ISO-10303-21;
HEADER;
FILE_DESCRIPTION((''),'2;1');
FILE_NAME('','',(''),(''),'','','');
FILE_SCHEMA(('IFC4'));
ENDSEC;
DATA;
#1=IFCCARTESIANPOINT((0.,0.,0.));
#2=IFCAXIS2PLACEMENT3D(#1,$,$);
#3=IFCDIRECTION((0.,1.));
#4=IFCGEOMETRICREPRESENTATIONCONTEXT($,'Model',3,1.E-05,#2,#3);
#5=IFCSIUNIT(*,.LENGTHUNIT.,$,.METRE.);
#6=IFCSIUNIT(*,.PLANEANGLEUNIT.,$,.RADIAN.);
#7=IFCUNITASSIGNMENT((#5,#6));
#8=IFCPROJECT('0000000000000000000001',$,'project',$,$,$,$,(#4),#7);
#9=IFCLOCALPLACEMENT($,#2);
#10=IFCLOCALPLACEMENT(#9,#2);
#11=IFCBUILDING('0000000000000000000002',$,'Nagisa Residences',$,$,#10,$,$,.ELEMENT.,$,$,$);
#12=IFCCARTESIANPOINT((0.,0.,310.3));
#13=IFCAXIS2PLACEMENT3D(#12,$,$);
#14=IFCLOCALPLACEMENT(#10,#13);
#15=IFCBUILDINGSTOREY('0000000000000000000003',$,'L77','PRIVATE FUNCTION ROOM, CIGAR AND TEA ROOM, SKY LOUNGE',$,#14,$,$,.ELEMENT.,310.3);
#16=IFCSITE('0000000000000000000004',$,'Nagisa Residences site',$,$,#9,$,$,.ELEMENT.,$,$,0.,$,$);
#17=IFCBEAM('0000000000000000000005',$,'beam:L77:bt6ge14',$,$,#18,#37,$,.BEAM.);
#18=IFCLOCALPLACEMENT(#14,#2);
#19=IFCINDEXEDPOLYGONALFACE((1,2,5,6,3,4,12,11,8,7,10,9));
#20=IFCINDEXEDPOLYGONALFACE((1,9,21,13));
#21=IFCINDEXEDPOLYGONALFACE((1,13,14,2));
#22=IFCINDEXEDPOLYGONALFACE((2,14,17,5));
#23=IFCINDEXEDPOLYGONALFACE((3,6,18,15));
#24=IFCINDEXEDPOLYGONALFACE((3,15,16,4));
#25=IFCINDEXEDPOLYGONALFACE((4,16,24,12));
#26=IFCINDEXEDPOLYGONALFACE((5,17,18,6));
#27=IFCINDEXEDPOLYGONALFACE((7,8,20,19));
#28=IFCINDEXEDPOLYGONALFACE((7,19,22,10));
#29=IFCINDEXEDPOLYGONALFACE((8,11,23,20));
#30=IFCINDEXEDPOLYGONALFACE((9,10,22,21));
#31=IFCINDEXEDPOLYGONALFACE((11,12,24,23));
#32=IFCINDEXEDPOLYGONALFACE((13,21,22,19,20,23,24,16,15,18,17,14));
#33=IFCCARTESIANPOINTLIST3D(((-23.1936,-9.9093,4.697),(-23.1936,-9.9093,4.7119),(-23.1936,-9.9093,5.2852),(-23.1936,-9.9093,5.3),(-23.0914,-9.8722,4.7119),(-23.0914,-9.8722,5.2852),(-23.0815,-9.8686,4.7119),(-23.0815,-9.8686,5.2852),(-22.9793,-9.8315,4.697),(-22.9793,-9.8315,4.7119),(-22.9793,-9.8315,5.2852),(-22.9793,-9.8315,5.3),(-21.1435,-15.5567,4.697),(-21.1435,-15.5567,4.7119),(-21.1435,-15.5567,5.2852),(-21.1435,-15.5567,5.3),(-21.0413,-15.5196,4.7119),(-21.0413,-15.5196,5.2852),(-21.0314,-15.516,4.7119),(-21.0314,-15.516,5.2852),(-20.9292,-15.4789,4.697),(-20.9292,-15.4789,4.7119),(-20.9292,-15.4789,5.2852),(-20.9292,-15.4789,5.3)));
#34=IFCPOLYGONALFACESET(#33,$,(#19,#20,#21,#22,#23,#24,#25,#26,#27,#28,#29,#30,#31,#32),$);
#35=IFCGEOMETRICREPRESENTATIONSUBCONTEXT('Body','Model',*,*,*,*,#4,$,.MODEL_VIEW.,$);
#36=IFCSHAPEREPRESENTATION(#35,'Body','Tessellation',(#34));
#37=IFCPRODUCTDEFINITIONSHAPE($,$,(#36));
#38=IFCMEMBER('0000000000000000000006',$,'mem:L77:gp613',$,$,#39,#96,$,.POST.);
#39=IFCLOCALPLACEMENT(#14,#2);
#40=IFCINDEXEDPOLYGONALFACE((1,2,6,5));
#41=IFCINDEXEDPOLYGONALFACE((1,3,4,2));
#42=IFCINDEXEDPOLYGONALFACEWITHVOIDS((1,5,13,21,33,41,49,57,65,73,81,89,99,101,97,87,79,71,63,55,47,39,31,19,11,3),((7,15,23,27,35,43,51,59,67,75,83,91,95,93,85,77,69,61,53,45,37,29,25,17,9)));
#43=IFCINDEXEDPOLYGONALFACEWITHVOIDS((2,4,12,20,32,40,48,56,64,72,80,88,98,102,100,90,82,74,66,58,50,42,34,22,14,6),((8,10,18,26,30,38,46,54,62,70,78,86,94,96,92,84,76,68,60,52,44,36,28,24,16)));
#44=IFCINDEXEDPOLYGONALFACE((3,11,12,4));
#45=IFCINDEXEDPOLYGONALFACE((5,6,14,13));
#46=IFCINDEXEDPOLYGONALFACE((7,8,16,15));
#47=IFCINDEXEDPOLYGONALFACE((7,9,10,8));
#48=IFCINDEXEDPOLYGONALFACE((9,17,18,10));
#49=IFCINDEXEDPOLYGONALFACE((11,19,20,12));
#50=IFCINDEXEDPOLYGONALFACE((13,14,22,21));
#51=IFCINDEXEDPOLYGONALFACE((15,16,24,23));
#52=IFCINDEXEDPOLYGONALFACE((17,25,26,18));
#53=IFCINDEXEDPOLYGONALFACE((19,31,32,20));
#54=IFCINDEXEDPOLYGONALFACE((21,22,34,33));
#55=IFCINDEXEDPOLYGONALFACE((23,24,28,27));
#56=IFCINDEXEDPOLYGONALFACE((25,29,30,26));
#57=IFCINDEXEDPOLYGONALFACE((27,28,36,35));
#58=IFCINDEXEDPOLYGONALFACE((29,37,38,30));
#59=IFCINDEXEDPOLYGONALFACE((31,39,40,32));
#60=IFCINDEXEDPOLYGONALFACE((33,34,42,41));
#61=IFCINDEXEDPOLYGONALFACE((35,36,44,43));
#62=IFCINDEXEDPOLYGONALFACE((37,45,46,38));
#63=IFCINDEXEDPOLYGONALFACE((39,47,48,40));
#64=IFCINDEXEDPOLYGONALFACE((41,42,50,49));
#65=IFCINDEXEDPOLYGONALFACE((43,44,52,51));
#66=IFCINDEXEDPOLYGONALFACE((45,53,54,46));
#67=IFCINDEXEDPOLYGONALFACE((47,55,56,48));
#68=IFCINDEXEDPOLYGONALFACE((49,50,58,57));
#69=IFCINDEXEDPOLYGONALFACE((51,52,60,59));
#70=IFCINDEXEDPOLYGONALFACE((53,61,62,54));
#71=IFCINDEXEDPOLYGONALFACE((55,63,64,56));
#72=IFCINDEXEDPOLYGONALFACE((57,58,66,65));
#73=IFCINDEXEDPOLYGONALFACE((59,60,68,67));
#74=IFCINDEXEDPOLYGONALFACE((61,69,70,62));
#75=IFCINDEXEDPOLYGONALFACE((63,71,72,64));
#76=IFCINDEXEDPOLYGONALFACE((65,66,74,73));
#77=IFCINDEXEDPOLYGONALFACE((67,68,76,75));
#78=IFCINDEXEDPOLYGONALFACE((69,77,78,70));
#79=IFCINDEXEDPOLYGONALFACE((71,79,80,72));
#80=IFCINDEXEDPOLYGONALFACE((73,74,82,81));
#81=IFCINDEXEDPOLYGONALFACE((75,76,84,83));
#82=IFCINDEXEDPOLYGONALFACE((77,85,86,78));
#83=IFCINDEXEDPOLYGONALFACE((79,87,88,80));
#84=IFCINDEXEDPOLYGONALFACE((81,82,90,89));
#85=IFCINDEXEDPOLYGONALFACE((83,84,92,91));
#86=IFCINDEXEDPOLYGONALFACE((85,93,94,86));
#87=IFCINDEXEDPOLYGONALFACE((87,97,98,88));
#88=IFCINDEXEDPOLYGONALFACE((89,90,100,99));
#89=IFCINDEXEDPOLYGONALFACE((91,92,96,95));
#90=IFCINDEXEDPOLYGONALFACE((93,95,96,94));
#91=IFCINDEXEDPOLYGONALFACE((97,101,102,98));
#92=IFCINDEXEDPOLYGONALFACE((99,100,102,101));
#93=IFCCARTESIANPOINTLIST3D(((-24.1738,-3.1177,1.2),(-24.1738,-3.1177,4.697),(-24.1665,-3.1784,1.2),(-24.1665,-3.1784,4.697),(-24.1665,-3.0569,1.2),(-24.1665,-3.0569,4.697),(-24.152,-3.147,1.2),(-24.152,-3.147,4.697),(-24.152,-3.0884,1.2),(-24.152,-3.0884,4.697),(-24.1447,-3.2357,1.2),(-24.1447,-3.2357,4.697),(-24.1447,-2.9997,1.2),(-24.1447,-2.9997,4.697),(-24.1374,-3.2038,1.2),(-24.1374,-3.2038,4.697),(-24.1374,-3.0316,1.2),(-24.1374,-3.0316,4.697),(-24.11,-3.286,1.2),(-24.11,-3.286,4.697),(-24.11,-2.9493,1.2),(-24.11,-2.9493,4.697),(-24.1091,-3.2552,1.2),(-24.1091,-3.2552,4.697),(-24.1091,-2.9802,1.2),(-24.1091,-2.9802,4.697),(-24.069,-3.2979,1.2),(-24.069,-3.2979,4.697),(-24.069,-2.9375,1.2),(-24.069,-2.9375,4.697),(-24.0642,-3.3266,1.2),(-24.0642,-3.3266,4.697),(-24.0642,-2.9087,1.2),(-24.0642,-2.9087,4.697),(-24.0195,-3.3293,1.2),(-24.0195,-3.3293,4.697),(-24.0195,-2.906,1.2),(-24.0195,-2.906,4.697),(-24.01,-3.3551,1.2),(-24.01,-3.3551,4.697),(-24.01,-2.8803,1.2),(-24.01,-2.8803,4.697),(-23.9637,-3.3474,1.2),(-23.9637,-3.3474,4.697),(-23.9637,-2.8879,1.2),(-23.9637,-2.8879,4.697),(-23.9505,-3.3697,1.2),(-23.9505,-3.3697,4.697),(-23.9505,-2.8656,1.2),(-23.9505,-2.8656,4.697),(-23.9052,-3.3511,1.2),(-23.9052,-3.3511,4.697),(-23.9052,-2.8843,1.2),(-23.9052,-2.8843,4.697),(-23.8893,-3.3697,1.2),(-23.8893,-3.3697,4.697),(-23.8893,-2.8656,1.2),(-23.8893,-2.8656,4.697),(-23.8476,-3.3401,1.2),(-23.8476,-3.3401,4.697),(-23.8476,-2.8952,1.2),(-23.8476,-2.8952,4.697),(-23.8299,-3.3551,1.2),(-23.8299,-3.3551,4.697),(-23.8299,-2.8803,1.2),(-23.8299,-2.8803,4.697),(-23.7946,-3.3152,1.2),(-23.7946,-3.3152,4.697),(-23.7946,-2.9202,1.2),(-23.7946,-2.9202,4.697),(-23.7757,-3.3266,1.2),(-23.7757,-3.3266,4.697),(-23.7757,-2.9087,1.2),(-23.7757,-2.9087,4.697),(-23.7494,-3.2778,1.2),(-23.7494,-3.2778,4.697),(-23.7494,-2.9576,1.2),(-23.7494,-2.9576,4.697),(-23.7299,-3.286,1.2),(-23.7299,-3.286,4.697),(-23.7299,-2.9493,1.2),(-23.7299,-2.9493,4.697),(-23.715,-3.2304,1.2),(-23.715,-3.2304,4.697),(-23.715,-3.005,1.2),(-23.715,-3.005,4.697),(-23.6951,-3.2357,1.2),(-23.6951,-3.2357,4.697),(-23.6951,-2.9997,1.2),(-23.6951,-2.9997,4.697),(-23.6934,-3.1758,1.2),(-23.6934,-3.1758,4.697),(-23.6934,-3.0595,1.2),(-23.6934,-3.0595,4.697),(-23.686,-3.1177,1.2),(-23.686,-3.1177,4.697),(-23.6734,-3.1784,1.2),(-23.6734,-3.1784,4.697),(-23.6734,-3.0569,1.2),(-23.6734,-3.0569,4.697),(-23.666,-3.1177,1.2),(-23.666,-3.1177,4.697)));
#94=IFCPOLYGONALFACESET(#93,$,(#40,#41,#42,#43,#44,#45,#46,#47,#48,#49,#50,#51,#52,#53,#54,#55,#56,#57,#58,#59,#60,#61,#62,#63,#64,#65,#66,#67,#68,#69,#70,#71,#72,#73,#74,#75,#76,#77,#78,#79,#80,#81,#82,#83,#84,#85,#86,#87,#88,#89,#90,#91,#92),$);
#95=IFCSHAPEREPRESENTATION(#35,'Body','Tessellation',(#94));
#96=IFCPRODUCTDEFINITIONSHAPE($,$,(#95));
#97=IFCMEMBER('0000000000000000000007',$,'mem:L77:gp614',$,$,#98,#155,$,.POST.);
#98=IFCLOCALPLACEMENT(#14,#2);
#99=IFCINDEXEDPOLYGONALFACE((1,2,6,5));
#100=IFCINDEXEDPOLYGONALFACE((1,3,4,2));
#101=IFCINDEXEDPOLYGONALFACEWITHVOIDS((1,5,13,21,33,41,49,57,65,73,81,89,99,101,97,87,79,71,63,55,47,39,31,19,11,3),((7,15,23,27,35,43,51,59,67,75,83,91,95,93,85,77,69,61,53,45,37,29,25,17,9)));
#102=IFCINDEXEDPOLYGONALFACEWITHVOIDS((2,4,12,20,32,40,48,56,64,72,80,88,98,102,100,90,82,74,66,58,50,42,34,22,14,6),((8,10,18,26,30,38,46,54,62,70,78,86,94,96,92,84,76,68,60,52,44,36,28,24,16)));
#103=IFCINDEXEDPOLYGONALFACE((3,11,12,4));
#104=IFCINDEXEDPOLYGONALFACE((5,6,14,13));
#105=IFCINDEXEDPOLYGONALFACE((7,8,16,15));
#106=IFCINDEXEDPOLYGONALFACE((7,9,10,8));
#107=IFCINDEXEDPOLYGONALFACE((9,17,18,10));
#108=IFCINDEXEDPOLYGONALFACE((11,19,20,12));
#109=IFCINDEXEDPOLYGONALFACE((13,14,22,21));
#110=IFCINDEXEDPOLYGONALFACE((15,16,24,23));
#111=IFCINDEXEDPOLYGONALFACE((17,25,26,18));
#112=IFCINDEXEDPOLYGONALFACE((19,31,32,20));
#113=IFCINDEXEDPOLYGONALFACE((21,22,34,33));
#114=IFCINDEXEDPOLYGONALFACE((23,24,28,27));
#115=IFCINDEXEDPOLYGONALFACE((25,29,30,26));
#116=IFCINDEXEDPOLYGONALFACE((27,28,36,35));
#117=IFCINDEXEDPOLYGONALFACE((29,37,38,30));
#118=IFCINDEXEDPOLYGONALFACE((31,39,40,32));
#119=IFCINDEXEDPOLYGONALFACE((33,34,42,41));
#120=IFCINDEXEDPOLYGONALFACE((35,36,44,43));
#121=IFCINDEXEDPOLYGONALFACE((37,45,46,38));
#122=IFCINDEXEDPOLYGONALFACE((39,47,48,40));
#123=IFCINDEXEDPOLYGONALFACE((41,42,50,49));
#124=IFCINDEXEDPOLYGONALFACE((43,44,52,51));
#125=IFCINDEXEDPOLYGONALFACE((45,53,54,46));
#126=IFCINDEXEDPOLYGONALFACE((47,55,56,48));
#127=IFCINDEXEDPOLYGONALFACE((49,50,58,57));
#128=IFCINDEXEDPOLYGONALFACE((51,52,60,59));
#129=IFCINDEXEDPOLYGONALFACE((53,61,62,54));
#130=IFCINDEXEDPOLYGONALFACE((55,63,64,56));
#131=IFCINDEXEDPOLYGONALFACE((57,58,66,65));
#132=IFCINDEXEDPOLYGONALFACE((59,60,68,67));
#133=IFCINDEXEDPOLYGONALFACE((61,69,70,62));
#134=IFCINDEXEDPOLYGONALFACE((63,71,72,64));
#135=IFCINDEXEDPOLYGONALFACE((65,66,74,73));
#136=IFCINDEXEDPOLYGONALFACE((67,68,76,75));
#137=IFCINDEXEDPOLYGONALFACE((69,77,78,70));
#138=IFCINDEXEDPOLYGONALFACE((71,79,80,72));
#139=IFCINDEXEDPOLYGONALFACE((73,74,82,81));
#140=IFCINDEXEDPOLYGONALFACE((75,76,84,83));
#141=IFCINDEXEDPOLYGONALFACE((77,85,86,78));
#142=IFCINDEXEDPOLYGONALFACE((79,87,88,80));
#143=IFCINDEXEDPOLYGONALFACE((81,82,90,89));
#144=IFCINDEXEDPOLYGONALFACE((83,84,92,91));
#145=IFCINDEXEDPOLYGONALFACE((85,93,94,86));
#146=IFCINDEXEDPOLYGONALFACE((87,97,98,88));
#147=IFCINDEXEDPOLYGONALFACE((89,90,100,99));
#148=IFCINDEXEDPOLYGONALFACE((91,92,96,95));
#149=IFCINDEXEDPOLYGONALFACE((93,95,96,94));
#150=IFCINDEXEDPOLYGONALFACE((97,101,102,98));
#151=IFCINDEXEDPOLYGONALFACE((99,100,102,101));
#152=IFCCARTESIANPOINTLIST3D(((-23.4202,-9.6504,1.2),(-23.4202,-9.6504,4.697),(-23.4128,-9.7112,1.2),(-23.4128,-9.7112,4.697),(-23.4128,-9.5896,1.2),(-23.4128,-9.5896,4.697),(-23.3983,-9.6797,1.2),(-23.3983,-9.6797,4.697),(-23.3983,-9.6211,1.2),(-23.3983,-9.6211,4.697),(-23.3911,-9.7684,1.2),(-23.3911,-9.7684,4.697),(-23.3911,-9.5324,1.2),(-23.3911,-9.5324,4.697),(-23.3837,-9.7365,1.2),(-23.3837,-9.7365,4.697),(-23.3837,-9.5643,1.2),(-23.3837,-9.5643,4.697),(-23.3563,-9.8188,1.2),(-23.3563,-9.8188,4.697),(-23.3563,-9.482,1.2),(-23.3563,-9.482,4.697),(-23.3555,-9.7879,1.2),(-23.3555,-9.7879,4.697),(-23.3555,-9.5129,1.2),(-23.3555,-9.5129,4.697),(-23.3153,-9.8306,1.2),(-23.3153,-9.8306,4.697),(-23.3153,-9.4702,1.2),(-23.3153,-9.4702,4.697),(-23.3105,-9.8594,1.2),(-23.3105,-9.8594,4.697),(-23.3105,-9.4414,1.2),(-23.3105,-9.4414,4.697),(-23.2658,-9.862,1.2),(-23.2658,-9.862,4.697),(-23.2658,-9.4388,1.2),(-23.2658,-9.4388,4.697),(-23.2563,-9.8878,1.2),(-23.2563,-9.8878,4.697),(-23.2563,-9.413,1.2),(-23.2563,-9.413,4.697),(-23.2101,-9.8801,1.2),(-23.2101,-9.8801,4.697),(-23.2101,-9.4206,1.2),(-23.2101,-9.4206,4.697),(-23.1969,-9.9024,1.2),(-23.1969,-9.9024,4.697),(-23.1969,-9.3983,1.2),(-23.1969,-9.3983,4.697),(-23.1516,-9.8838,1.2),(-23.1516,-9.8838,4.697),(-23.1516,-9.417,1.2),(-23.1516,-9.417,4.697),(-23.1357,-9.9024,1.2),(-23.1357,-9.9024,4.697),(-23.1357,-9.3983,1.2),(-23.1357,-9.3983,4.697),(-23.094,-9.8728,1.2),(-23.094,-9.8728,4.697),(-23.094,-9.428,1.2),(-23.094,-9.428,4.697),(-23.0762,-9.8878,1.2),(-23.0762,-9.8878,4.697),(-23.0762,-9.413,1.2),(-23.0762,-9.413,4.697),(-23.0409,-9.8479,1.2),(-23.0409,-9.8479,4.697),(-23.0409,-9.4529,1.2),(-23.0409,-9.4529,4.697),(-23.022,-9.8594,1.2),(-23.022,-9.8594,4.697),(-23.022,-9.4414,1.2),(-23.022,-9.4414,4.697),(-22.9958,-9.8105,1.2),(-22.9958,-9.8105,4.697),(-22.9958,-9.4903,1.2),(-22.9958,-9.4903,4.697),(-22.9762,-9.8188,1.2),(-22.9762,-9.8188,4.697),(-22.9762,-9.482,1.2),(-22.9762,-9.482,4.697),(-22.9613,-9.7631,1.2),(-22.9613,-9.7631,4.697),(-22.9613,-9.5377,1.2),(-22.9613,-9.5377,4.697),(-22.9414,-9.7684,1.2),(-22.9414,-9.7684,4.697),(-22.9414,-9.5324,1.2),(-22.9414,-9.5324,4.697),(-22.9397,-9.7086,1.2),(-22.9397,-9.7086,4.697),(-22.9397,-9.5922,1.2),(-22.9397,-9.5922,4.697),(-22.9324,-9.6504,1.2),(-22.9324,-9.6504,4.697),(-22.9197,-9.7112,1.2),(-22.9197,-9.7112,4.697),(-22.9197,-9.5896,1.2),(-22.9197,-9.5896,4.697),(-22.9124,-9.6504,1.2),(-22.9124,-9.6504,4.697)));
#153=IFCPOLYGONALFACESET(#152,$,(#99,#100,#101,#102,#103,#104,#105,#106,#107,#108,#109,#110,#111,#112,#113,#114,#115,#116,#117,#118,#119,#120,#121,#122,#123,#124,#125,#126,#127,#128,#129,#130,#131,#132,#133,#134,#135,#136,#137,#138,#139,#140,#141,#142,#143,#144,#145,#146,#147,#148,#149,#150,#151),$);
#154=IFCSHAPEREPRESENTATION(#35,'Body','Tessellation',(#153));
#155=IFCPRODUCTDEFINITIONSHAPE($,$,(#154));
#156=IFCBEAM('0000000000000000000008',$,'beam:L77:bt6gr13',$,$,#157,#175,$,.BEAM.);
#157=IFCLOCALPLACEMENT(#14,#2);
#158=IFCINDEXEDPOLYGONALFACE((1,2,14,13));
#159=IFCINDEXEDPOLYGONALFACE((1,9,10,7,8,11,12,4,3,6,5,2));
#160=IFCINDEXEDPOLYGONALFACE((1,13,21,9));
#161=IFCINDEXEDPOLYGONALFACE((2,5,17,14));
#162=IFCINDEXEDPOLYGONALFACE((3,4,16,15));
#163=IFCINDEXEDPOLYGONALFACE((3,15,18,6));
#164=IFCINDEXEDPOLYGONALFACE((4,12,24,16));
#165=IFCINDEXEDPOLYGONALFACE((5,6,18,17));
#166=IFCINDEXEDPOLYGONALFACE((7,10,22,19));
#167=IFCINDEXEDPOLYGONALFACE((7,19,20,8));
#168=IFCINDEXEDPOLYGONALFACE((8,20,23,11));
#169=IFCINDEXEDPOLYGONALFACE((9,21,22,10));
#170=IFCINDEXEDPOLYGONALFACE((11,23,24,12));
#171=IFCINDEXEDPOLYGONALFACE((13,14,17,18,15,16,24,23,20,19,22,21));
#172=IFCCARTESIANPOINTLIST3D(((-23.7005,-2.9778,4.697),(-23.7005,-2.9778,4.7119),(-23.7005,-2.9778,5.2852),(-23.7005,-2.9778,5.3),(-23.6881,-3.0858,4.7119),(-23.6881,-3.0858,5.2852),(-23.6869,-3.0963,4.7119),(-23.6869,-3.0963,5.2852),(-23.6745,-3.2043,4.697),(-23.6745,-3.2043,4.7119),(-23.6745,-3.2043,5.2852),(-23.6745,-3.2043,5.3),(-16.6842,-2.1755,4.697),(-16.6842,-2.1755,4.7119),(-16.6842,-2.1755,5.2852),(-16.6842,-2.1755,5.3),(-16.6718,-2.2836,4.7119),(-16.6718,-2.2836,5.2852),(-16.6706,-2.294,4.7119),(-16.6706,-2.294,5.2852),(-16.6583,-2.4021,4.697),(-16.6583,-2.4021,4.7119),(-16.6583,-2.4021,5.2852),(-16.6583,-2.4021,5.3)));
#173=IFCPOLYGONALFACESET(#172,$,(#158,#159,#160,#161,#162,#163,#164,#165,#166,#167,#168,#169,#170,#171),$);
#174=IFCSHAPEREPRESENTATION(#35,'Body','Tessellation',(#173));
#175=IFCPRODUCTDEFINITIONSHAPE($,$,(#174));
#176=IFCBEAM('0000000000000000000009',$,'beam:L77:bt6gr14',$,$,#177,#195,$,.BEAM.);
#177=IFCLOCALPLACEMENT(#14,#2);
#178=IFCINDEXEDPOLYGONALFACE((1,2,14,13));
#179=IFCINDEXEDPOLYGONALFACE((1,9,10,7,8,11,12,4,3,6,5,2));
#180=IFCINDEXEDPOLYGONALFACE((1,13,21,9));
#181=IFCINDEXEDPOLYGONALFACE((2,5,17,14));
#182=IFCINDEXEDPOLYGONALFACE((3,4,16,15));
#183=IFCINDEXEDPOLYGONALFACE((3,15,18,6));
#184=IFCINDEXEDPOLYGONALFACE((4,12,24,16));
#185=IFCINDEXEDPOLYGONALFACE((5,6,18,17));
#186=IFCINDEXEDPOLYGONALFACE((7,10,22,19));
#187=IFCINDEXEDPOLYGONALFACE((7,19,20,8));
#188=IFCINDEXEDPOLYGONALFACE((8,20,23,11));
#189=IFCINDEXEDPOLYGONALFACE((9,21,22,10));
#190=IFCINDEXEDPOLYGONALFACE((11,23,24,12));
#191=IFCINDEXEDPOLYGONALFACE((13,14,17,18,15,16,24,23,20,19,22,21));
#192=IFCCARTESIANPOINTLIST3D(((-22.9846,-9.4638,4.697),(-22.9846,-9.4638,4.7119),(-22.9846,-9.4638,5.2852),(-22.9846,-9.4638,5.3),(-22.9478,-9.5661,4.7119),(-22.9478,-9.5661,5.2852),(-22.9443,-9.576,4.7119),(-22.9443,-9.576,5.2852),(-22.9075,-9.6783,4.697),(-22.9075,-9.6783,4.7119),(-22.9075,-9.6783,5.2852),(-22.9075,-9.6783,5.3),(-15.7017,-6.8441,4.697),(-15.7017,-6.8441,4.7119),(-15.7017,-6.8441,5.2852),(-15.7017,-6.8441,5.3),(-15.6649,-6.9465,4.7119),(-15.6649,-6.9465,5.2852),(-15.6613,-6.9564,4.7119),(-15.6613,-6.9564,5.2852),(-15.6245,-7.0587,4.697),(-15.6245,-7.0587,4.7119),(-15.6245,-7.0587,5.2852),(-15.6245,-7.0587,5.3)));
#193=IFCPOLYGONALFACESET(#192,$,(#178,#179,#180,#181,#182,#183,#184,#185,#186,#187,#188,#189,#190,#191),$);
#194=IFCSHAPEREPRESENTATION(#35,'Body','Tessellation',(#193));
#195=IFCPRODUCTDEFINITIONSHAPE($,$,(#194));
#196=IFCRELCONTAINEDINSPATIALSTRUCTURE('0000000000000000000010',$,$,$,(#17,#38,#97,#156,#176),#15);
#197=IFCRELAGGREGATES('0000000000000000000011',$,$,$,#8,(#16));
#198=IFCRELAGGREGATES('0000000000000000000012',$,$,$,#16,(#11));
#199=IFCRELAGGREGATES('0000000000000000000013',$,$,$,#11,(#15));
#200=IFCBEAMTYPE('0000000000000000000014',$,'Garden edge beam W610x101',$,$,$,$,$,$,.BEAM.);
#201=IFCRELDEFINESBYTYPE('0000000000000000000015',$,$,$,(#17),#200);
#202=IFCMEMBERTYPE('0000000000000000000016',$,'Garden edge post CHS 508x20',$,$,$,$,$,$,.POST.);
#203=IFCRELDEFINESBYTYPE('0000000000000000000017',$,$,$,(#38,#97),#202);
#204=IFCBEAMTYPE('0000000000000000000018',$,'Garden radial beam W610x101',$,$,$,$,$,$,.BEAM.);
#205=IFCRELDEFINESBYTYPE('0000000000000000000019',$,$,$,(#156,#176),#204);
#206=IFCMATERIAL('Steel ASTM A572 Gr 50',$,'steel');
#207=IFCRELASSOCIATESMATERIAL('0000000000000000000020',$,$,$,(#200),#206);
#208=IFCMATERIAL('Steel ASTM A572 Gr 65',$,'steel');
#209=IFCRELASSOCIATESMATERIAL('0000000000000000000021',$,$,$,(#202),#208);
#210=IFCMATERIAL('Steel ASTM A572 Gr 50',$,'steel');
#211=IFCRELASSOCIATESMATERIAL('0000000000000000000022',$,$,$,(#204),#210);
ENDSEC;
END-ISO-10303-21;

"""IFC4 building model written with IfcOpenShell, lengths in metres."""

from ifc_helpers import new_model, si_unit, direction, frame, origin, origin_2d, place, context, subcontext, project, spatial, hollow_circle, i_section, extrude, material, material_profile, profile_set, type_object, element, save


model = new_model("IFC4")

# Units and contexts
model_context = context("Model", 3, precision=1e-05, world=origin(), true_north=direction((0.0, 1.0)))
body_context = subcontext(model_context, "Body", "Model", "MODEL_VIEW")
ifc_project = project(units=[si_unit("LENGTHUNIT", "METRE"), si_unit("PLANEANGLEUNIT", "RADIAN")], contexts=[model_context])

# Site, building, storey
site_placement = place(None, origin())
site = spatial("IfcSite", under=ifc_project, at=site_placement, Name="Nagisa Residences site", CompositionType="ELEMENT", RefElevation=0.0)
building_placement = place(site_placement, origin())
building = spatial("IfcBuilding", under=site, at=building_placement, Name="Nagisa Residences", CompositionType="ELEMENT")
storey_placement = place(building_placement, frame((0.0, 0.0, 310.3)))
storey = spatial("IfcBuildingStorey", under=building, at=storey_placement, Name="L77", Description="PRIVATE FUNCTION ROOM, CIGAR AND TEA ROOM, SKY LOUNGE", CompositionType="ELEMENT", Elevation=310.3)

# Beam
ifc_material_1 = material(Name="Steel ASTM A572 Gr 50", Category="steel")
ifc_material_profile_1 = material_profile(ifc_material_1, i_section(OverallWidth=0.228, OverallDepth=0.603, WebThickness=0.0105, FlangeThickness=0.0149, at=origin_2d()), Name="W610x101")
ifc_profile_set_1 = profile_set([ifc_material_profile_1], Name="Steel ASTM A572 Gr 50")
beam_type_1 = type_object("IfcBeamType", Name="Garden edge beam W610x101", PredefinedType="BEAM", material=ifc_profile_set_1)
beam_1_placement = place(storey_placement, frame((-23.0864, -9.8704, 4.9985), z_axis=(0.341218, -0.939984, 0.0), x_axis=(0.939984, 0.341218, 0.0)))
element("IfcBeam", 1, at=beam_1_placement, inside=storey, type_object=beam_type_1, Name="beam:L77:bt6ge14", PredefinedType="BEAM", context=body_context, shape_type="SweptSolid", body=[
    extrude(i_section(OverallWidth=0.228, OverallDepth=0.603, WebThickness=0.0105, FlangeThickness=0.0149, at=origin_2d()), origin(), (0.0, 0.0, 1.0), 6.0081),
])

# Members
ifc_material_2 = material(Name="Steel ASTM A572 Gr 65", Category="steel")
ifc_material_profile_2 = material_profile(ifc_material_2, hollow_circle(Radius=0.2539, WallThickness=0.02, at=origin_2d()), Name="CHS 508x20")
ifc_profile_set_2 = profile_set([ifc_material_profile_2], Name="Steel ASTM A572 Gr 65")
member_type_1 = type_object("IfcMemberType", Name="Garden edge post CHS 508x20", PredefinedType="POST", material=ifc_profile_set_2)
for number, where, z_axis, x_axis, name in (
    (2, (-23.9199, -3.1177, 1.2), (0.0, 0.0, 1.0), (1.0, 0.0, 0.0), "mem:L77:gp613"),
    (3, (-23.1663, -9.6504, 1.2), (0.0, 0.0, 1.0), (1.0, 0.0, 0.0), "mem:L77:gp614"),
):
    element("IfcMember", number, at=place(storey_placement, frame(where, z_axis=z_axis, x_axis=x_axis)), inside=storey, type_object=member_type_1, Name=name, PredefinedType="POST", context=body_context, shape_type="SweptSolid", body=[
        extrude(hollow_circle(Radius=0.2539, WallThickness=0.02, at=origin_2d()), origin(), (0.0, 0.0, 1.0), 3.4971),
    ])

# Beams
ifc_material_3 = material(Name="Steel ASTM A572 Gr 50", Category="steel")
ifc_material_profile_3 = material_profile(ifc_material_3, i_section(OverallWidth=0.228, OverallDepth=0.603, WebThickness=0.0105, FlangeThickness=0.0149, at=origin_2d()), Name="W610x101")
ifc_profile_set_3 = profile_set([ifc_material_profile_3], Name="Steel ASTM A572 Gr 50")
beam_type_2 = type_object("IfcBeamType", Name="Garden radial beam W610x101", PredefinedType="BEAM", material=ifc_profile_set_3)
beam_2_placement = place(storey_placement, frame((-23.6875, -3.0911, 4.9985), z_axis=(0.993527, 0.113599, 0.0), x_axis=(-0.113599, 0.993527, 0.0)))
element("IfcBeam", 4, at=beam_2_placement, inside=storey, type_object=beam_type_2, Name="beam:L77:bt6gr13", PredefinedType="BEAM", context=body_context, shape_type="SweptSolid", body=[
    extrude(i_section(OverallWidth=0.228, OverallDepth=0.603, WebThickness=0.0105, FlangeThickness=0.0149, at=origin_2d()), origin(), (0.0, 0.0, 1.0), 7.062),
])
beam_3_placement = place(storey_placement, frame((-22.946, -9.571, 4.9985), z_axis=(0.940979, 0.338464, 0.0), x_axis=(-0.338464, 0.940979, 0.0)))
element("IfcBeam", 5, at=beam_3_placement, inside=storey, type_object=beam_type_2, Name="beam:L77:bt6gr14", PredefinedType="BEAM", context=body_context, shape_type="SweptSolid", body=[
    extrude(i_section(OverallWidth=0.228, OverallDepth=0.603, WebThickness=0.0105, FlangeThickness=0.0149, at=origin_2d()), origin(), (0.0, 0.0, 1.0), 7.7397),
])

save(model, "model.ifc")
